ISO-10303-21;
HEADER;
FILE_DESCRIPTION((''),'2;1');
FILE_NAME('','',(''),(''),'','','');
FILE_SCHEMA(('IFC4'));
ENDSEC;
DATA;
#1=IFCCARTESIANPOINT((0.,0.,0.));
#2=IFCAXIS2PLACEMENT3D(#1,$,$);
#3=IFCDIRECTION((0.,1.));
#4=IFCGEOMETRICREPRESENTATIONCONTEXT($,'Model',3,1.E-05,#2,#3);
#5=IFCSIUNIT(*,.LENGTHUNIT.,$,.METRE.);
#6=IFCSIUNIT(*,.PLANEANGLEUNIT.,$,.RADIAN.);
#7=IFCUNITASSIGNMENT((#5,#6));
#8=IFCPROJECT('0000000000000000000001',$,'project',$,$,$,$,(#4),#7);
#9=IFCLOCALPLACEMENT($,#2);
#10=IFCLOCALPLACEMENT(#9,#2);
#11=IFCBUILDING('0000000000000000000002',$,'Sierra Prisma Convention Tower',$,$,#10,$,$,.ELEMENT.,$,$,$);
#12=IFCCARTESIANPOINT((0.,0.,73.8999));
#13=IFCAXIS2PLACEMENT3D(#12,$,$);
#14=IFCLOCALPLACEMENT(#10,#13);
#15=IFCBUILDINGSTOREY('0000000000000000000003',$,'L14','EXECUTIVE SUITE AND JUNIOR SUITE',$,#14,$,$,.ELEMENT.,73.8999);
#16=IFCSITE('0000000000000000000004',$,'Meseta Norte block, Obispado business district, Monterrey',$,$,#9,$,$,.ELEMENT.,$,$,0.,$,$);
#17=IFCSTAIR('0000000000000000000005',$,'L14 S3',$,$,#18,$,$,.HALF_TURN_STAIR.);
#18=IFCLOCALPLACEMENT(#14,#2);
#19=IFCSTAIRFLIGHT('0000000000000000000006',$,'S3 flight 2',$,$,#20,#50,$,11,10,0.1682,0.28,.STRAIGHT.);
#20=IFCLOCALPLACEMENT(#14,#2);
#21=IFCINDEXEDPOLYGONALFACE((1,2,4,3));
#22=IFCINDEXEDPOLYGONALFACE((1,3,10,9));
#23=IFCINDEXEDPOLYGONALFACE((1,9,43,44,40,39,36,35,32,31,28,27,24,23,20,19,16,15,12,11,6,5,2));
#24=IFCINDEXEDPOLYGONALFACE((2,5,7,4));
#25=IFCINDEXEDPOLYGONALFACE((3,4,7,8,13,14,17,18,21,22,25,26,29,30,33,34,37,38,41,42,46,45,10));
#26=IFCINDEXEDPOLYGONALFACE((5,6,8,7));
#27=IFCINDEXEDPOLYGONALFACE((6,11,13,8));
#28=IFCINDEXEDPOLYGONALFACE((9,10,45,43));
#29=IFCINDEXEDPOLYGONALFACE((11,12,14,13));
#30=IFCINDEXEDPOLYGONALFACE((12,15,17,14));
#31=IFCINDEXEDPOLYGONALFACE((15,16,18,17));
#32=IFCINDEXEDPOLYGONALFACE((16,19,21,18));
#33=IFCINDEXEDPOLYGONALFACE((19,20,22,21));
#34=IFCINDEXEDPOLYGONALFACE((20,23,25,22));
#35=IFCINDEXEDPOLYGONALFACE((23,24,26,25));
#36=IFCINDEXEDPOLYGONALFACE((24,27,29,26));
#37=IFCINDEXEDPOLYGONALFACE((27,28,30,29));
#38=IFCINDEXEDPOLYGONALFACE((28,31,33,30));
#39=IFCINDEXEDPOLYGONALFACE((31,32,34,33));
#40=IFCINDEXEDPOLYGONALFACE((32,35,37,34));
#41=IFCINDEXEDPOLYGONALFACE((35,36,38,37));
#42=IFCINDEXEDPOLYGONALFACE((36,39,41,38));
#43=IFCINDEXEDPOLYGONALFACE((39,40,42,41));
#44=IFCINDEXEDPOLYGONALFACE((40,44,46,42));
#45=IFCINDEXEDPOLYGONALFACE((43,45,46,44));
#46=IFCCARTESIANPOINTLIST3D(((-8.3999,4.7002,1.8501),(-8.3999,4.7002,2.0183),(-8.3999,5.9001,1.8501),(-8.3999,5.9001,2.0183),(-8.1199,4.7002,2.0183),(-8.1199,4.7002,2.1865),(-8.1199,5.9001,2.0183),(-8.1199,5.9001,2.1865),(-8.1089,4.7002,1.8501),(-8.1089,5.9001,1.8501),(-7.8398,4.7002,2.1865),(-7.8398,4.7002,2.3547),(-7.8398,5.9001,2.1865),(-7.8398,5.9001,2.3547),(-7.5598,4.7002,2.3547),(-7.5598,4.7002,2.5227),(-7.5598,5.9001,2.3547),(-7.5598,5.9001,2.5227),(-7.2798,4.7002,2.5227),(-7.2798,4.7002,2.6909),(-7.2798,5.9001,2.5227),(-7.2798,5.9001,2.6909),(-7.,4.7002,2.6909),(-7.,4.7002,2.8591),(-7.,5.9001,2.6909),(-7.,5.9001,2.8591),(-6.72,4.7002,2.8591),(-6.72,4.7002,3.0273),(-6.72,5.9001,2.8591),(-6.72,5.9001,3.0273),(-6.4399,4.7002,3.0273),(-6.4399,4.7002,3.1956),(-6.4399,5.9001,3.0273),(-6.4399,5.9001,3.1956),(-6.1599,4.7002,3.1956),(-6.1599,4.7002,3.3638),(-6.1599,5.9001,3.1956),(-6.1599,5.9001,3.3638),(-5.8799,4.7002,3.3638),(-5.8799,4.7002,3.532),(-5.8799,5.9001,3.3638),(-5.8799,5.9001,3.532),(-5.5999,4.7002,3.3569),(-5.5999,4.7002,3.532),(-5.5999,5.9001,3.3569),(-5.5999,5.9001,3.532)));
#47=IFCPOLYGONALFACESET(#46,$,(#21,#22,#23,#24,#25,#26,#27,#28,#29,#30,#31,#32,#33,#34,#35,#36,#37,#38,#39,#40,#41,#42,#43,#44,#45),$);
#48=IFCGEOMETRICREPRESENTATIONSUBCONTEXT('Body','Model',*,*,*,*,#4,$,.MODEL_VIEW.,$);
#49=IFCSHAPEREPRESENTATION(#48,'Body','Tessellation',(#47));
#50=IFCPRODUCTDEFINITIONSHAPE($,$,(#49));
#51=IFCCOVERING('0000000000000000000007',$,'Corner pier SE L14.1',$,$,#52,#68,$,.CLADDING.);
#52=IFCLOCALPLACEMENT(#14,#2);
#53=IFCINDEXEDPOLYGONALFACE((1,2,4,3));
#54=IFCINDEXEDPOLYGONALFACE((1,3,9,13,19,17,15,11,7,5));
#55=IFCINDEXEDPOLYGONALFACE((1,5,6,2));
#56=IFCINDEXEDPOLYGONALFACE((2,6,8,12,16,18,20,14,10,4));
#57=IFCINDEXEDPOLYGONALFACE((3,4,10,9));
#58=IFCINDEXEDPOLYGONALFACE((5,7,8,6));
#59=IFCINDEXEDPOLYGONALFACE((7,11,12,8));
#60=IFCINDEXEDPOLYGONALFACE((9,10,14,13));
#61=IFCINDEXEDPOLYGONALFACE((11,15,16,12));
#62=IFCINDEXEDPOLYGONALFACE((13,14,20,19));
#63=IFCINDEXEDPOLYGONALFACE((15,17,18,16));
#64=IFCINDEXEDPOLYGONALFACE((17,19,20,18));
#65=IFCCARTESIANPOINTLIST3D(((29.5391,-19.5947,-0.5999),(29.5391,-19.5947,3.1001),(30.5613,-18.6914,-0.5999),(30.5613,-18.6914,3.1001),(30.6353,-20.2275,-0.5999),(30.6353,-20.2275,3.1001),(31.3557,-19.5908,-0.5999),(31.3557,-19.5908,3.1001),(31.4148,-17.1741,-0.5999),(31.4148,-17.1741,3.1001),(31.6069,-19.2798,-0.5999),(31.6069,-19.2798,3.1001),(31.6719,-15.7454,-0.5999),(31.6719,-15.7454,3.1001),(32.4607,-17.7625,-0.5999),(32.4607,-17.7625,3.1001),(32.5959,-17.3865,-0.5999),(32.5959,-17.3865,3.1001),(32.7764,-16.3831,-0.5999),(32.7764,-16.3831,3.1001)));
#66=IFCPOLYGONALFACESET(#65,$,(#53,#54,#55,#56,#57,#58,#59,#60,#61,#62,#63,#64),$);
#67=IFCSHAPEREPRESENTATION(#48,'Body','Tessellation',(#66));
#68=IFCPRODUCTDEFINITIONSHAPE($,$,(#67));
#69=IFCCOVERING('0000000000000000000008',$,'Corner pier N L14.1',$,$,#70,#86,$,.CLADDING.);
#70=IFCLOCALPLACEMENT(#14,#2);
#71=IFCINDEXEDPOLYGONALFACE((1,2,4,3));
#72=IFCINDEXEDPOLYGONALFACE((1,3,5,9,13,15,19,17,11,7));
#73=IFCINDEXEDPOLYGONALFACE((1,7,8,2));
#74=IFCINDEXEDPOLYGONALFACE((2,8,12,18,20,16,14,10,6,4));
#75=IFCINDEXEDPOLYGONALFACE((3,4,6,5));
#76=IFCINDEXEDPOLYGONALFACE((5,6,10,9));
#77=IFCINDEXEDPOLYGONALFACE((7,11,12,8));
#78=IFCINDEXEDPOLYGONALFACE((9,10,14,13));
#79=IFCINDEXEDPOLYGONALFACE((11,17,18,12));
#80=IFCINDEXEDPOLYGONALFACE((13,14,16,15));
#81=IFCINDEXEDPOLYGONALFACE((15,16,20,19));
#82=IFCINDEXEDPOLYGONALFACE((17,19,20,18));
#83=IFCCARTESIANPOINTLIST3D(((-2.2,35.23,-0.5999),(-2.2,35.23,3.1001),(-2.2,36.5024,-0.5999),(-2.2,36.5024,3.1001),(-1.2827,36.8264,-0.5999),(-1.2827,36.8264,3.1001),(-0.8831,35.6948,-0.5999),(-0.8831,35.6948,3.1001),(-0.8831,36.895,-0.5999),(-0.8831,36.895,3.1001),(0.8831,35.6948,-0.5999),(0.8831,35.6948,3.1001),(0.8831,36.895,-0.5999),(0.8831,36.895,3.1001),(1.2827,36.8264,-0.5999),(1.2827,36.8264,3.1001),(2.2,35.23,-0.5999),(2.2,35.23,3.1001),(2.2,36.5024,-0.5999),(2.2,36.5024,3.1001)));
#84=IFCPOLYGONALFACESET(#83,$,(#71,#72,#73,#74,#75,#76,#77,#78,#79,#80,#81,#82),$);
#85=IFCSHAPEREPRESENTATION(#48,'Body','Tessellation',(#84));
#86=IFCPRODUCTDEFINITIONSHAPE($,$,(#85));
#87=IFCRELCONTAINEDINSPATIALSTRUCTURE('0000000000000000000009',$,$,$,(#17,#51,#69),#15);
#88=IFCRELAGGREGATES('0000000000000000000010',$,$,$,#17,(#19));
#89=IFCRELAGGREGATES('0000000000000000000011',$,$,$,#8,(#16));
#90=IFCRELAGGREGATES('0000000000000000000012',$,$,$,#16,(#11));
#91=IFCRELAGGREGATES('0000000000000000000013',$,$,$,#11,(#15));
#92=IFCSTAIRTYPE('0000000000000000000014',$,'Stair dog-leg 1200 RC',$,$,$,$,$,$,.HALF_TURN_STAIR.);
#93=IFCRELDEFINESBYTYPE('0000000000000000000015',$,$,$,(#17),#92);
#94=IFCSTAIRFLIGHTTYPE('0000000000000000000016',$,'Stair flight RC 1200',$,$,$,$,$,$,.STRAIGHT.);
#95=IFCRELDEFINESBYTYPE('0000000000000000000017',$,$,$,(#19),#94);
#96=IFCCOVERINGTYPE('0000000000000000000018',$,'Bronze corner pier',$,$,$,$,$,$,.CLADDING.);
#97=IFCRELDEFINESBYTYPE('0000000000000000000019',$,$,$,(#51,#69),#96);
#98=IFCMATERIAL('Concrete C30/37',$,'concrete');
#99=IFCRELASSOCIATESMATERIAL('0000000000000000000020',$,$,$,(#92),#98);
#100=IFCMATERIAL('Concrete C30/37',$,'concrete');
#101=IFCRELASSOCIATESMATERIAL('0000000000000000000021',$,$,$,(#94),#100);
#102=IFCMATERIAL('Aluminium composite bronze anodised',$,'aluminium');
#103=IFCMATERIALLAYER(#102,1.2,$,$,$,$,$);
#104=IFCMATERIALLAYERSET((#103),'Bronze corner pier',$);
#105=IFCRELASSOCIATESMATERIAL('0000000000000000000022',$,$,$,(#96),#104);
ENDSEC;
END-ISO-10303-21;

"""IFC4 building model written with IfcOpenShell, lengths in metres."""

from ifc_helpers import new_model, si_unit, direction, frame, origin, place, context, subcontext, project, spatial, polyline, outline, extrude, material, layer, layer_set, type_object, element, aggregate, save


model = new_model("IFC4")

# Units and contexts
model_context = context("Model", 3, precision=1e-05, world=origin(), true_north=direction((0.0, 1.0)))
body_context = subcontext(model_context, "Body", "Model", "MODEL_VIEW")
ifc_project = project(units=[si_unit("LENGTHUNIT", "METRE"), si_unit("PLANEANGLEUNIT", "RADIAN")], contexts=[model_context])

# Site, building, storey
site_placement = place(None, origin())
site = spatial("IfcSite", under=ifc_project, at=site_placement, Name="Meseta Norte block, Obispado business district, Monterrey", CompositionType="ELEMENT", RefElevation=0.0)
building_placement = place(site_placement, origin())
building = spatial("IfcBuilding", under=site, at=building_placement, Name="Sierra Prisma Convention Tower", CompositionType="ELEMENT")
storey_placement = place(building_placement, frame((0.0, 0.0, 73.8999)))
storey = spatial("IfcBuildingStorey", under=building, at=storey_placement, Name="L14", Description="EXECUTIVE SUITE AND JUNIOR SUITE", CompositionType="ELEMENT", Elevation=73.8999)

# Stair, stair flight
ifc_material_1 = material(Name="Concrete C30/37", Category="concrete")
stair_type = type_object("IfcStairType", Name="Stair dog-leg 1200 RC", PredefinedType="HALF_TURN_STAIR", material=ifc_material_1)
stair_placement = place(storey_placement, origin())
stair = element("IfcStair", 1, at=stair_placement, inside=storey, type_object=stair_type, Name="L14 S3", PredefinedType="HALF_TURN_STAIR")
ifc_material_2 = material(Name="Concrete C30/37", Category="concrete")
stair_flight_type = type_object("IfcStairFlightType", Name="Stair flight RC 1200", PredefinedType="STRAIGHT", material=ifc_material_2)
stair_flight_1_placement = place(storey_placement, frame((-8.3999, 5.3, 1.8501), z_axis=(0.0, 0.0, 1.0), x_axis=(1.0, 0.0, 0.0)))
stair_flight_1 = element("IfcStairFlight", 2, at=stair_flight_1_placement, type_object=stair_flight_type, Name="S3 flight 2", NumberOfRisers=11, NumberOfTreads=10, PredefinedType="STRAIGHT", RiserHeight=0.1682, TreadLength=0.28, context=body_context, shape_type="SweptSolid", body=[
    extrude(outline(polyline([(0.0, 0.0), (0.0, 0.1682), (0.28, 0.1682), (0.28, 0.3364), (0.5601, 0.3364), (0.5601, 0.5046), (0.8401, 0.5046), (0.8401, 0.6726), (1.1201, 0.6726), (1.1201, 0.8408), (1.3999, 0.8408), (1.3999, 1.009), (1.6799, 1.009), (1.6799, 1.1772), (1.96, 1.1772), (1.96, 1.3455), (2.24, 1.3455), (2.24, 1.5137), (2.52, 1.5137), (2.52, 1.6819), (2.8, 1.6819), (2.8, 1.8501), (2.8, 1.5068), (0.291, 0.0), (0.0, 0.0)])), frame((0.0, 0.6001, 0.0), z_axis=(0.0, -1.0, 0.0), x_axis=(1.0, 0.0, 0.0)), (0.0, 0.0, 1.0), 1.2),
])
aggregate(stair, [stair_flight_1])

# Coverings
ifc_material_3 = material(Name="Aluminium composite bronze anodised", Category="aluminium")
ifc_layer_1 = layer(ifc_material_3, 1.2)
ifc_layer_set_1 = layer_set([ifc_layer_1], Name="Bronze corner pier")
covering_type_1 = type_object("IfcCoveringType", Name="Bronze corner pier", PredefinedType="CLADDING", material=ifc_layer_set_1)
covering_1_placement = place(storey_placement, frame((0.0, 0.0, -0.5999)))
element("IfcCovering", 3, at=covering_1_placement, inside=storey, type_object=covering_type_1, Name="Corner pier SE L14.1", PredefinedType="CLADDING", context=body_context, shape_type="SweptSolid", body=[
    extrude(outline(polyline([(32.4607, -17.7625), (31.6069, -19.2798), (31.3557, -19.5908), (30.6353, -20.2275), (29.5391, -19.5947), (30.5613, -18.6914), (31.4148, -17.1741), (31.6719, -15.7454), (32.7764, -16.3831), (32.5959, -17.3865), (32.4607, -17.7625)])), origin(), (0.0, 0.0, 1.0), 3.7),
])
covering_2_placement = place(storey_placement, frame((0.0, 0.0, -0.5999)))
element("IfcCovering", 4, at=covering_2_placement, inside=storey, type_object=covering_type_1, Name="Corner pier N L14.1", PredefinedType="CLADDING", context=body_context, shape_type="SweptSolid", body=[
    extrude(outline(polyline([(-0.8831, 36.895), (0.8831, 36.895), (1.2827, 36.8264), (2.2, 36.5024), (2.2, 35.23), (0.8831, 35.6948), (-0.8831, 35.6948), (-2.2, 35.23), (-2.2, 36.5024), (-1.2827, 36.8264), (-0.8831, 36.895)])), origin(), (0.0, 0.0, 1.0), 3.7),
])

save(model, "model.ifc")
